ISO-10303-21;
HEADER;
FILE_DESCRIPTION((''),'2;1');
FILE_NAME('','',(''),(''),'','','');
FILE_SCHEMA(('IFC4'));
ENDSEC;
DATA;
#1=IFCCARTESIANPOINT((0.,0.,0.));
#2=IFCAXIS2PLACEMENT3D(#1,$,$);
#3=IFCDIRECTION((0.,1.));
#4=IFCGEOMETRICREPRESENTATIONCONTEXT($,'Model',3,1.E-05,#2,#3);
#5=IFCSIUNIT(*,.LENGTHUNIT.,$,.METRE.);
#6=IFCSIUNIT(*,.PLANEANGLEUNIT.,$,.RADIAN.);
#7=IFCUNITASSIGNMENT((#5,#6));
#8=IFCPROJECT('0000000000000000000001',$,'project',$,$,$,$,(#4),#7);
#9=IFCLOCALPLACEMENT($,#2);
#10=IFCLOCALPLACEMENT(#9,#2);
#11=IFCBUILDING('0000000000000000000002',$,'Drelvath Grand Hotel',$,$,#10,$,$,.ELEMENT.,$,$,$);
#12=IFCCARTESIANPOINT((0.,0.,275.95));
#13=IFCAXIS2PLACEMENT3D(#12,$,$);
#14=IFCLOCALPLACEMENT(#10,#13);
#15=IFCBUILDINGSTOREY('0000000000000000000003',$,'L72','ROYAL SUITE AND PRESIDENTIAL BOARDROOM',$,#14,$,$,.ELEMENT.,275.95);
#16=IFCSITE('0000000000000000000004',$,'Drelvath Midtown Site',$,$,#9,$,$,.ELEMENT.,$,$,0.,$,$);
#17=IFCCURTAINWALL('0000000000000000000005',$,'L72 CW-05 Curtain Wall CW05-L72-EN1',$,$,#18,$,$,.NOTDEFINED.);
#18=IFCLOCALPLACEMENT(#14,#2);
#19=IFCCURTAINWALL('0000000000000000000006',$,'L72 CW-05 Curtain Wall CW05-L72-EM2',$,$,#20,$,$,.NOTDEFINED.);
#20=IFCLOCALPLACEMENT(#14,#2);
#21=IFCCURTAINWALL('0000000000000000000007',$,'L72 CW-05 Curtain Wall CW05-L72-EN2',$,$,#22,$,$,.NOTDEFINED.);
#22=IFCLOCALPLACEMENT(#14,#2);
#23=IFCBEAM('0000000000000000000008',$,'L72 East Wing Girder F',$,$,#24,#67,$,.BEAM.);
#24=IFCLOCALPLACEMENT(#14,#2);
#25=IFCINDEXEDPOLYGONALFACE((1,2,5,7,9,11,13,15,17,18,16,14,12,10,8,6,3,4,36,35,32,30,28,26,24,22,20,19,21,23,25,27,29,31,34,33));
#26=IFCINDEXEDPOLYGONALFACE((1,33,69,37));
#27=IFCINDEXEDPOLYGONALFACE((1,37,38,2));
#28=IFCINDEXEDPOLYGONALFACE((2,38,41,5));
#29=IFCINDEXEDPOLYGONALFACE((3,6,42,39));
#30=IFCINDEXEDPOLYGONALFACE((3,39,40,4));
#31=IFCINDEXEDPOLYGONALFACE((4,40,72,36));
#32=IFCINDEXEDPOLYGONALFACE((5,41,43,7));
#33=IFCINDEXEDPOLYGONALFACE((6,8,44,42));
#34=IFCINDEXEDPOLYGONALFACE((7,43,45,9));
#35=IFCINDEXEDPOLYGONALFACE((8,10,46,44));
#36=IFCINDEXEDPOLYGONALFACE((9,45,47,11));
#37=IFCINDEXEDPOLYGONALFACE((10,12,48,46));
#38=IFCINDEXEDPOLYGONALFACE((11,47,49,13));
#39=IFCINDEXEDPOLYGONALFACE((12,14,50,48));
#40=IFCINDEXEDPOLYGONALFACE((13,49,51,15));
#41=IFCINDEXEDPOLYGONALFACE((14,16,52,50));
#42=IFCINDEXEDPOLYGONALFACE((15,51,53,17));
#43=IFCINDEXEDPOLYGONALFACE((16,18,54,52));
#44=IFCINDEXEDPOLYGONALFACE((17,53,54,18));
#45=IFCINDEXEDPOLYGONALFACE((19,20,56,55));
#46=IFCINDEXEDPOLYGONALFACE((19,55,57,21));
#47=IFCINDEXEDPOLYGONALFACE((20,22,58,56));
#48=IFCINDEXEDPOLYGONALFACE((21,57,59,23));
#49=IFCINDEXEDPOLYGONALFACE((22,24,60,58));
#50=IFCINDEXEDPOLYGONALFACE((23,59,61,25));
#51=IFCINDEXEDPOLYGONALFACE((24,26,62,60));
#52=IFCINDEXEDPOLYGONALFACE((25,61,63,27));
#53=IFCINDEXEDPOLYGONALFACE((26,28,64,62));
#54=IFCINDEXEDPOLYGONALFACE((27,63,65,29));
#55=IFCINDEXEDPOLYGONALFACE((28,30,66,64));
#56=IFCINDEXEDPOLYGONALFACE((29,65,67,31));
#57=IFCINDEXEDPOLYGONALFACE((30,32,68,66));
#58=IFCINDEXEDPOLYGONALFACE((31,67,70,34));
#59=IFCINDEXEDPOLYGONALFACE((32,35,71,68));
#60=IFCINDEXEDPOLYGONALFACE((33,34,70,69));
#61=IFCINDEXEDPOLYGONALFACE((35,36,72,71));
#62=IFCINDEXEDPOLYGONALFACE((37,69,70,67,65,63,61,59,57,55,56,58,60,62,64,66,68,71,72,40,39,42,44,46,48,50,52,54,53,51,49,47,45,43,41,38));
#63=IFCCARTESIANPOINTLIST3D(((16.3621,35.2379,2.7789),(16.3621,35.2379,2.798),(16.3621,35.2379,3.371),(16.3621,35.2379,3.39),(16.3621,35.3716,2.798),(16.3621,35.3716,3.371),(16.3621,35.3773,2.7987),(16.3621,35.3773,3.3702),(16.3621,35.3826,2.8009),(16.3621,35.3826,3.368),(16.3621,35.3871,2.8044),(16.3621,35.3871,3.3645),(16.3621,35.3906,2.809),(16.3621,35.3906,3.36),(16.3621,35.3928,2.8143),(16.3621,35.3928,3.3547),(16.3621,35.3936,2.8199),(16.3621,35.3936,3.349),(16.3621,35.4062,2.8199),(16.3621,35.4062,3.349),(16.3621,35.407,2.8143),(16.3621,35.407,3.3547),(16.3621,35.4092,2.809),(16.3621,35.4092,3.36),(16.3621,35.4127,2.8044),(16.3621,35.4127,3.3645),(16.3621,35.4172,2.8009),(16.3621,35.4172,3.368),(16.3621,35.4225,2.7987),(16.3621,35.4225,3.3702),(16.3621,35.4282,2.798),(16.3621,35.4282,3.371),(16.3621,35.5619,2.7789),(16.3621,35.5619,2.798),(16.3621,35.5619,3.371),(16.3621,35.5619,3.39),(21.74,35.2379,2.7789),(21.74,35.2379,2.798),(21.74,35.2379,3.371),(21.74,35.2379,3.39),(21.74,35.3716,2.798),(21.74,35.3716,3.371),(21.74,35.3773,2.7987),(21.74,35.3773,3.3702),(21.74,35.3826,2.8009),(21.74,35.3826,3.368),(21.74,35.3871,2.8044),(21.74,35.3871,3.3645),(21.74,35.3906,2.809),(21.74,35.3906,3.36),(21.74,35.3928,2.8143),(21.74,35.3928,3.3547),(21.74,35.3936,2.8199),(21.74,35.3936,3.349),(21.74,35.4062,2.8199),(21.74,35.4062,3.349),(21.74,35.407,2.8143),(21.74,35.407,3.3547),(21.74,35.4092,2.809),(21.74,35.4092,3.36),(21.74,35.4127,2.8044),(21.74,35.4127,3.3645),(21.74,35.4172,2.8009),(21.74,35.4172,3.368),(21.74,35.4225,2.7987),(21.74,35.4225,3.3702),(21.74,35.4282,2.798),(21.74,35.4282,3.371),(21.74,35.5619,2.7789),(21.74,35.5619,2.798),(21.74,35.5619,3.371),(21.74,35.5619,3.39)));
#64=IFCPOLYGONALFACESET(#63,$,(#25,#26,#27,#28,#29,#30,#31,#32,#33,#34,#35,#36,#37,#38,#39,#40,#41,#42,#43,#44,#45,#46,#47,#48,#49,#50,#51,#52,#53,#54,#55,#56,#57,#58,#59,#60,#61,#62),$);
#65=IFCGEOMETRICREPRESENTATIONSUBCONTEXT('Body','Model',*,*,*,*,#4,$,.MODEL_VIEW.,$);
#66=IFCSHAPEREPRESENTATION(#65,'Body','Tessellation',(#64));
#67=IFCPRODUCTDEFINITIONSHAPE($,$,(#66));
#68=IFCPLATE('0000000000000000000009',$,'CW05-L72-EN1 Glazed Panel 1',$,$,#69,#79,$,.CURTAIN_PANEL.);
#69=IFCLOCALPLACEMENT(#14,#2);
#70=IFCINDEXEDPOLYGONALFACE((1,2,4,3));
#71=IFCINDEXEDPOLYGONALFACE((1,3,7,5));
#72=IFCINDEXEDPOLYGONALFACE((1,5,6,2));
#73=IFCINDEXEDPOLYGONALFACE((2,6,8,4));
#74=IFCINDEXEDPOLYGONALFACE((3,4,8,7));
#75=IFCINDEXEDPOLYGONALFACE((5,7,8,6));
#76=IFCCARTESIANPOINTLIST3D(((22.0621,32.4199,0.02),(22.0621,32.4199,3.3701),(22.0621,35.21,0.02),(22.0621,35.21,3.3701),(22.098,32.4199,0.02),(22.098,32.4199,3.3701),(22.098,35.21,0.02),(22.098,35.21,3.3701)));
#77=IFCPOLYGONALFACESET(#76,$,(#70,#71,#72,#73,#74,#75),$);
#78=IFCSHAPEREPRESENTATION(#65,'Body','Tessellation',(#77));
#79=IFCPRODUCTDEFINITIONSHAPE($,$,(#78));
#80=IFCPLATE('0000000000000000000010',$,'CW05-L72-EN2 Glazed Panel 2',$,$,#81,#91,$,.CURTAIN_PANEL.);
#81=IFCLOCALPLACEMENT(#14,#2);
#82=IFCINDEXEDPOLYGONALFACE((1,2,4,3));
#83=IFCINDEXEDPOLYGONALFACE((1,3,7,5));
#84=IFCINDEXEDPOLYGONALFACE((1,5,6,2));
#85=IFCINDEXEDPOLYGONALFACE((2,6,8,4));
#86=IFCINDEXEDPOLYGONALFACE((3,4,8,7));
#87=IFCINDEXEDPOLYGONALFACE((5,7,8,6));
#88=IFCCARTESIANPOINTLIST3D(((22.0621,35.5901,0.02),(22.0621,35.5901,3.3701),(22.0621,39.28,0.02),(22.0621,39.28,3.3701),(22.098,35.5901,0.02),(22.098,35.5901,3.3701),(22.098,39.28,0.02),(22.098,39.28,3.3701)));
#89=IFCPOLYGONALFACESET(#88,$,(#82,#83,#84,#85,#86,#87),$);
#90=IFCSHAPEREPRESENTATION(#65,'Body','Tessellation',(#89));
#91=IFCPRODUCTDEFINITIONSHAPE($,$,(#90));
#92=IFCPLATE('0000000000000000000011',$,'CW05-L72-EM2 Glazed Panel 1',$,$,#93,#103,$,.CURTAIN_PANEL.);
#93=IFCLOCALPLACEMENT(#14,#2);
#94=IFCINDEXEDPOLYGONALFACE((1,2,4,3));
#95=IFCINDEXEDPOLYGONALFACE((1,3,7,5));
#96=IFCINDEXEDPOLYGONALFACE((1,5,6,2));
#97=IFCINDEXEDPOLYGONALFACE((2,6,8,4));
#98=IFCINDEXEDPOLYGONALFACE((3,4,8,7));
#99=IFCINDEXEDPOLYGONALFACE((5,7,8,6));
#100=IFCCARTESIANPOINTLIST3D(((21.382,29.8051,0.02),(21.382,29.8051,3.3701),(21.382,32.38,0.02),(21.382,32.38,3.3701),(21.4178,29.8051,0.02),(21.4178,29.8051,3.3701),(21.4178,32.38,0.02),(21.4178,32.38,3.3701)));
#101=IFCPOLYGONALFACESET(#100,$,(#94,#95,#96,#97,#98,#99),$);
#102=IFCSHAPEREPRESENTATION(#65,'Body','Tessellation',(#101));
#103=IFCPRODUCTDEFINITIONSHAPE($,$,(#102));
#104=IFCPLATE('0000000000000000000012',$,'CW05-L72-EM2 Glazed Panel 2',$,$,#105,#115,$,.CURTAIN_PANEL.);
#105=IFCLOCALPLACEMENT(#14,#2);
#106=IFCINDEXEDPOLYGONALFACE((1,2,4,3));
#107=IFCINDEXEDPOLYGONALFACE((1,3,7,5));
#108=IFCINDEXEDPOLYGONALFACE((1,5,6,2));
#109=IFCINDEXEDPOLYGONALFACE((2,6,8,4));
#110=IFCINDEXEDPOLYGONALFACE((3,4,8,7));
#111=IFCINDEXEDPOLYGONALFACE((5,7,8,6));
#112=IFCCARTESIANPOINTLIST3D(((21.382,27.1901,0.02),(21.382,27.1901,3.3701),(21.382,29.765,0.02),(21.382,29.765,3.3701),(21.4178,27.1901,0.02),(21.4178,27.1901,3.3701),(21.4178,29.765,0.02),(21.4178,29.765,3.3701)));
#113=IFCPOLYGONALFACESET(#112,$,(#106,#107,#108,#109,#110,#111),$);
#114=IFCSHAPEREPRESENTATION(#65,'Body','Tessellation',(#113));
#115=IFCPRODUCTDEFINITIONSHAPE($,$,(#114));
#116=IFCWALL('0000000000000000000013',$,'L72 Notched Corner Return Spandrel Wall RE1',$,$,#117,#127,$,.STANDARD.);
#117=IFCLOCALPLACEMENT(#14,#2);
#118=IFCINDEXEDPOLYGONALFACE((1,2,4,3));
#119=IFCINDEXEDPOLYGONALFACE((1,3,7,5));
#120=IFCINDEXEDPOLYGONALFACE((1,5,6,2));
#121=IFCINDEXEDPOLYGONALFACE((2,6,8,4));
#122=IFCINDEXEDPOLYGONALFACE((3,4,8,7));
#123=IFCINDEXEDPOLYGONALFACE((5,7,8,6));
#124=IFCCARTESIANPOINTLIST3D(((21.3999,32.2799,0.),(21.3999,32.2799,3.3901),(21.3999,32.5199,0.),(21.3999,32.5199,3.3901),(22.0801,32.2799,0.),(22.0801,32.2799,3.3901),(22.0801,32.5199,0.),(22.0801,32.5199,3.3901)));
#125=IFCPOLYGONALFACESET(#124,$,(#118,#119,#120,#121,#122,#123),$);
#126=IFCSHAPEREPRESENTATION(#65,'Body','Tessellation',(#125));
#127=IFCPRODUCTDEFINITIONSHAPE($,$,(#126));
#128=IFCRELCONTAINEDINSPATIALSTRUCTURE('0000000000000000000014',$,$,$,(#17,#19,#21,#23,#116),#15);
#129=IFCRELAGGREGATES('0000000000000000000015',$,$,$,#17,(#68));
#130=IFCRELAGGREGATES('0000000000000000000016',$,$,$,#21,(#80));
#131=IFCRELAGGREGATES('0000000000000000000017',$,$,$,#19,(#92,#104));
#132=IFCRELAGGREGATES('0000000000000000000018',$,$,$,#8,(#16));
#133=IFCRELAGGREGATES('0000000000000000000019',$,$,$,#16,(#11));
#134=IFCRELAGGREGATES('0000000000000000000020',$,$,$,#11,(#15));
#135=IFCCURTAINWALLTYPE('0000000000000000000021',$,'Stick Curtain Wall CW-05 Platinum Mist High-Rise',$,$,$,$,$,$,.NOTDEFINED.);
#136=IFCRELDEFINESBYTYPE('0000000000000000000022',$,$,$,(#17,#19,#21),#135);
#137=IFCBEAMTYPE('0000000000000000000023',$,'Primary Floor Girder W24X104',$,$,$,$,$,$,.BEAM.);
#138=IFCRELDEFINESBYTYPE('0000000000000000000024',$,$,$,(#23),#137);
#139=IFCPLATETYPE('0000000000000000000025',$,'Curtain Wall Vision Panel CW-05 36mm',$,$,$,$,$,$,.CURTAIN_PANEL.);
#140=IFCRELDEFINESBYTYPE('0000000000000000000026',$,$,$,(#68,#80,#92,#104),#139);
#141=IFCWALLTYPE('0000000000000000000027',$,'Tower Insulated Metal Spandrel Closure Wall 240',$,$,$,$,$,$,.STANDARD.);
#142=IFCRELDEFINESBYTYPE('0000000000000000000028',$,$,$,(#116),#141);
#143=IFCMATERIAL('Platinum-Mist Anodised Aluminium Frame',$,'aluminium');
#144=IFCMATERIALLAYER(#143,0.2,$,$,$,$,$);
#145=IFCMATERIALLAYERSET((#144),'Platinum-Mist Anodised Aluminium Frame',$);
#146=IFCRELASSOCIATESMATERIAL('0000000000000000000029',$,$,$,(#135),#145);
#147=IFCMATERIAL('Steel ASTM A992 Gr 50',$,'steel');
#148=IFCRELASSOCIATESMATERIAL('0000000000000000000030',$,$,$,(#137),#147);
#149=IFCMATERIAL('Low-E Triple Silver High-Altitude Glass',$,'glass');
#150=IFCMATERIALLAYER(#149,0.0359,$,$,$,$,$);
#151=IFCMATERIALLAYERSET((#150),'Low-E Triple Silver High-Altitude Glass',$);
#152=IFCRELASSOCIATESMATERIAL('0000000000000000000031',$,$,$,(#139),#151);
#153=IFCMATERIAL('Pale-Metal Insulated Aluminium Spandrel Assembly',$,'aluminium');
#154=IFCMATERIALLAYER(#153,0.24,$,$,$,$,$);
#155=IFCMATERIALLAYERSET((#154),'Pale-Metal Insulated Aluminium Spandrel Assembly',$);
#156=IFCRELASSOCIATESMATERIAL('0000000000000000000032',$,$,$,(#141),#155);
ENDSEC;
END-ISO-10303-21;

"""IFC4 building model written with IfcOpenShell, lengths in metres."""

from ifc_helpers import new_model, si_unit, direction, frame, frame_2d, origin, origin_2d, place, context, subcontext, project, spatial, rectangle, i_section, extrude, material, layer, layer_set, material_profile, profile_set, type_object, element, aggregate, save


model = new_model("IFC4")

# Units and contexts
model_context = context("Model", 3, precision=1e-05, world=origin(), true_north=direction((0.0, 1.0)))
body_context = subcontext(model_context, "Body", "Model", "MODEL_VIEW")
ifc_project = project(units=[si_unit("LENGTHUNIT", "METRE"), si_unit("PLANEANGLEUNIT", "RADIAN")], contexts=[model_context])

# Site, building, storey
site_placement = place(None, origin())
site = spatial("IfcSite", under=ifc_project, at=site_placement, Name="Drelvath Midtown Site", CompositionType="ELEMENT", RefElevation=0.0)
building_placement = place(site_placement, origin())
building = spatial("IfcBuilding", under=site, at=building_placement, Name="Drelvath Grand Hotel", CompositionType="ELEMENT")
storey_placement = place(building_placement, frame((0.0, 0.0, 275.95)))
storey = spatial("IfcBuildingStorey", under=building, at=storey_placement, Name="L72", Description="ROYAL SUITE AND PRESIDENTIAL BOARDROOM", CompositionType="ELEMENT", Elevation=275.95)

# Curtain walls
ifc_material_1 = material(Name="Platinum-Mist Anodised Aluminium Frame", Category="aluminium")
ifc_layer_1 = layer(ifc_material_1, 0.2)
ifc_layer_set_1 = layer_set([ifc_layer_1], Name="Platinum-Mist Anodised Aluminium Frame")
curtain_wall_type = type_object("IfcCurtainWallType", Name="Stick Curtain Wall CW-05 Platinum Mist High-Rise", PredefinedType="NOTDEFINED", material=ifc_layer_set_1)
curtain_wall_1_placement = place(storey_placement, origin())
curtain_wall_1 = element("IfcCurtainWall", 1, at=curtain_wall_1_placement, inside=storey, type_object=curtain_wall_type, Name="L72 CW-05 Curtain Wall CW05-L72-EN1", PredefinedType="NOTDEFINED")
curtain_wall_2_placement = place(storey_placement, origin())
curtain_wall_2 = element("IfcCurtainWall", 2, at=curtain_wall_2_placement, inside=storey, type_object=curtain_wall_type, Name="L72 CW-05 Curtain Wall CW05-L72-EM2", PredefinedType="NOTDEFINED")

# Curtain wall
curtain_wall_3_placement = place(storey_placement, origin())
curtain_wall_3 = element("IfcCurtainWall", 3, at=curtain_wall_3_placement, inside=storey, type_object=curtain_wall_type, Name="L72 CW-05 Curtain Wall CW05-L72-EN2", PredefinedType="NOTDEFINED")

# Beam
ifc_material_2 = material(Name="Steel ASTM A992 Gr 50", Category="steel")
ifc_material_profile_1 = material_profile(ifc_material_2, i_section(OverallWidth=0.324, OverallDepth=0.6111, WebThickness=0.0127, FlangeThickness=0.019, FilletRadius=0.022, at=origin_2d()), Name="W24X104")
ifc_profile_set_1 = profile_set([ifc_material_profile_1], Name="Steel ASTM A992 Gr 50")
beam_type_1 = type_object("IfcBeamType", Name="Primary Floor Girder W24X104", PredefinedType="BEAM", material=ifc_profile_set_1)
beam_1_placement = place(storey_placement, frame((16.3621, 35.3999, 3.0845), z_axis=(1.0, 0.0, 0.0), x_axis=(0.0, 1.0, 0.0)))
element("IfcBeam", 4, at=beam_1_placement, inside=storey, type_object=beam_type_1, Name="L72 East Wing Girder F", PredefinedType="BEAM", context=body_context, shape_type="SweptSolid", body=[
    extrude(i_section(OverallWidth=0.324, OverallDepth=0.6111, WebThickness=0.0127, FlangeThickness=0.019, FilletRadius=0.022, at=origin_2d()), origin(), (0.0, 0.0, 1.0), 5.3779),
])

# Plates
ifc_material_3 = material(Name="Low-E Triple Silver High-Altitude Glass", Category="glass")
ifc_layer_2 = layer(ifc_material_3, 0.0359)
ifc_layer_set_2 = layer_set([ifc_layer_2], Name="Low-E Triple Silver High-Altitude Glass")
plate_type = type_object("IfcPlateType", Name="Curtain Wall Vision Panel CW-05 36mm", PredefinedType="CURTAIN_PANEL", material=ifc_layer_set_2)
plate_1_placement = place(storey_placement, frame((22.0801, 33.8149, 0.02), z_axis=(0.0, 0.0, 1.0), x_axis=(0.0, -1.0, 0.0)))
plate_1 = element("IfcPlate", 5, at=plate_1_placement, type_object=plate_type, Name="CW05-L72-EN1 Glazed Panel 1", PredefinedType="CURTAIN_PANEL", context=body_context, shape_type="SweptSolid", body=[
    extrude(rectangle(XDim=2.79, YDim=0.0359, at=origin_2d()), origin(), (0.0, 0.0, 1.0), 3.3501),
])
aggregate(curtain_wall_1, [plate_1])
plate_2_placement = place(storey_placement, frame((22.0801, 37.4351, 0.02), z_axis=(0.0, 0.0, 1.0), x_axis=(0.0, -1.0, 0.0)))
plate_2 = element("IfcPlate", 6, at=plate_2_placement, type_object=plate_type, Name="CW05-L72-EN2 Glazed Panel 2", PredefinedType="CURTAIN_PANEL", context=body_context, shape_type="SweptSolid", body=[
    extrude(rectangle(XDim=3.6899, YDim=0.0359, at=origin_2d()), origin(), (0.0, 0.0, 1.0), 3.3501),
])
aggregate(curtain_wall_3, [plate_2])
plate_3_placement = place(storey_placement, frame((21.3999, 31.0925, 0.02), z_axis=(0.0, 0.0, 1.0), x_axis=(0.0, -1.0, 0.0)))
plate_3 = element("IfcPlate", 7, at=plate_3_placement, type_object=plate_type, Name="CW05-L72-EM2 Glazed Panel 1", PredefinedType="CURTAIN_PANEL", context=body_context, shape_type="SweptSolid", body=[
    extrude(rectangle(XDim=2.575, YDim=0.0359, at=origin_2d()), origin(), (0.0, 0.0, 1.0), 3.3501),
])
plate_4_placement = place(storey_placement, frame((21.3999, 28.4775, 0.02), z_axis=(0.0, 0.0, 1.0), x_axis=(0.0, -1.0, 0.0)))
plate_4 = element("IfcPlate", 8, at=plate_4_placement, type_object=plate_type, Name="CW05-L72-EM2 Glazed Panel 2", PredefinedType="CURTAIN_PANEL", context=body_context, shape_type="SweptSolid", body=[
    extrude(rectangle(XDim=2.575, YDim=0.0359, at=origin_2d()), origin(), (0.0, 0.0, 1.0), 3.3501),
])
aggregate(curtain_wall_2, [plate_3, plate_4])

# Wall
ifc_material_4 = material(Name="Pale-Metal Insulated Aluminium Spandrel Assembly", Category="aluminium")
ifc_layer_3 = layer(ifc_material_4, 0.24)
ifc_layer_set_3 = layer_set([ifc_layer_3], Name="Pale-Metal Insulated Aluminium Spandrel Assembly")
wall_type = type_object("IfcWallType", Name="Tower Insulated Metal Spandrel Closure Wall 240", PredefinedType="STANDARD", material=ifc_layer_set_3)
wall_placement = place(storey_placement, frame((22.0801, 32.3999, 0.0), z_axis=(0.0, 0.0, 1.0), x_axis=(-1.0, 0.0, 0.0)))
element("IfcWall", 9, at=wall_placement, inside=storey, type_object=wall_type, Name="L72 Notched Corner Return Spandrel Wall RE1", PredefinedType="STANDARD", context=body_context, shape_type="SweptSolid", body=[
    extrude(rectangle(XDim=0.6802, YDim=0.24, at=frame_2d((0.3401, 0.0))), origin(), (0.0, 0.0, 1.0), 3.3901),
])

save(model, "model.ifc")
